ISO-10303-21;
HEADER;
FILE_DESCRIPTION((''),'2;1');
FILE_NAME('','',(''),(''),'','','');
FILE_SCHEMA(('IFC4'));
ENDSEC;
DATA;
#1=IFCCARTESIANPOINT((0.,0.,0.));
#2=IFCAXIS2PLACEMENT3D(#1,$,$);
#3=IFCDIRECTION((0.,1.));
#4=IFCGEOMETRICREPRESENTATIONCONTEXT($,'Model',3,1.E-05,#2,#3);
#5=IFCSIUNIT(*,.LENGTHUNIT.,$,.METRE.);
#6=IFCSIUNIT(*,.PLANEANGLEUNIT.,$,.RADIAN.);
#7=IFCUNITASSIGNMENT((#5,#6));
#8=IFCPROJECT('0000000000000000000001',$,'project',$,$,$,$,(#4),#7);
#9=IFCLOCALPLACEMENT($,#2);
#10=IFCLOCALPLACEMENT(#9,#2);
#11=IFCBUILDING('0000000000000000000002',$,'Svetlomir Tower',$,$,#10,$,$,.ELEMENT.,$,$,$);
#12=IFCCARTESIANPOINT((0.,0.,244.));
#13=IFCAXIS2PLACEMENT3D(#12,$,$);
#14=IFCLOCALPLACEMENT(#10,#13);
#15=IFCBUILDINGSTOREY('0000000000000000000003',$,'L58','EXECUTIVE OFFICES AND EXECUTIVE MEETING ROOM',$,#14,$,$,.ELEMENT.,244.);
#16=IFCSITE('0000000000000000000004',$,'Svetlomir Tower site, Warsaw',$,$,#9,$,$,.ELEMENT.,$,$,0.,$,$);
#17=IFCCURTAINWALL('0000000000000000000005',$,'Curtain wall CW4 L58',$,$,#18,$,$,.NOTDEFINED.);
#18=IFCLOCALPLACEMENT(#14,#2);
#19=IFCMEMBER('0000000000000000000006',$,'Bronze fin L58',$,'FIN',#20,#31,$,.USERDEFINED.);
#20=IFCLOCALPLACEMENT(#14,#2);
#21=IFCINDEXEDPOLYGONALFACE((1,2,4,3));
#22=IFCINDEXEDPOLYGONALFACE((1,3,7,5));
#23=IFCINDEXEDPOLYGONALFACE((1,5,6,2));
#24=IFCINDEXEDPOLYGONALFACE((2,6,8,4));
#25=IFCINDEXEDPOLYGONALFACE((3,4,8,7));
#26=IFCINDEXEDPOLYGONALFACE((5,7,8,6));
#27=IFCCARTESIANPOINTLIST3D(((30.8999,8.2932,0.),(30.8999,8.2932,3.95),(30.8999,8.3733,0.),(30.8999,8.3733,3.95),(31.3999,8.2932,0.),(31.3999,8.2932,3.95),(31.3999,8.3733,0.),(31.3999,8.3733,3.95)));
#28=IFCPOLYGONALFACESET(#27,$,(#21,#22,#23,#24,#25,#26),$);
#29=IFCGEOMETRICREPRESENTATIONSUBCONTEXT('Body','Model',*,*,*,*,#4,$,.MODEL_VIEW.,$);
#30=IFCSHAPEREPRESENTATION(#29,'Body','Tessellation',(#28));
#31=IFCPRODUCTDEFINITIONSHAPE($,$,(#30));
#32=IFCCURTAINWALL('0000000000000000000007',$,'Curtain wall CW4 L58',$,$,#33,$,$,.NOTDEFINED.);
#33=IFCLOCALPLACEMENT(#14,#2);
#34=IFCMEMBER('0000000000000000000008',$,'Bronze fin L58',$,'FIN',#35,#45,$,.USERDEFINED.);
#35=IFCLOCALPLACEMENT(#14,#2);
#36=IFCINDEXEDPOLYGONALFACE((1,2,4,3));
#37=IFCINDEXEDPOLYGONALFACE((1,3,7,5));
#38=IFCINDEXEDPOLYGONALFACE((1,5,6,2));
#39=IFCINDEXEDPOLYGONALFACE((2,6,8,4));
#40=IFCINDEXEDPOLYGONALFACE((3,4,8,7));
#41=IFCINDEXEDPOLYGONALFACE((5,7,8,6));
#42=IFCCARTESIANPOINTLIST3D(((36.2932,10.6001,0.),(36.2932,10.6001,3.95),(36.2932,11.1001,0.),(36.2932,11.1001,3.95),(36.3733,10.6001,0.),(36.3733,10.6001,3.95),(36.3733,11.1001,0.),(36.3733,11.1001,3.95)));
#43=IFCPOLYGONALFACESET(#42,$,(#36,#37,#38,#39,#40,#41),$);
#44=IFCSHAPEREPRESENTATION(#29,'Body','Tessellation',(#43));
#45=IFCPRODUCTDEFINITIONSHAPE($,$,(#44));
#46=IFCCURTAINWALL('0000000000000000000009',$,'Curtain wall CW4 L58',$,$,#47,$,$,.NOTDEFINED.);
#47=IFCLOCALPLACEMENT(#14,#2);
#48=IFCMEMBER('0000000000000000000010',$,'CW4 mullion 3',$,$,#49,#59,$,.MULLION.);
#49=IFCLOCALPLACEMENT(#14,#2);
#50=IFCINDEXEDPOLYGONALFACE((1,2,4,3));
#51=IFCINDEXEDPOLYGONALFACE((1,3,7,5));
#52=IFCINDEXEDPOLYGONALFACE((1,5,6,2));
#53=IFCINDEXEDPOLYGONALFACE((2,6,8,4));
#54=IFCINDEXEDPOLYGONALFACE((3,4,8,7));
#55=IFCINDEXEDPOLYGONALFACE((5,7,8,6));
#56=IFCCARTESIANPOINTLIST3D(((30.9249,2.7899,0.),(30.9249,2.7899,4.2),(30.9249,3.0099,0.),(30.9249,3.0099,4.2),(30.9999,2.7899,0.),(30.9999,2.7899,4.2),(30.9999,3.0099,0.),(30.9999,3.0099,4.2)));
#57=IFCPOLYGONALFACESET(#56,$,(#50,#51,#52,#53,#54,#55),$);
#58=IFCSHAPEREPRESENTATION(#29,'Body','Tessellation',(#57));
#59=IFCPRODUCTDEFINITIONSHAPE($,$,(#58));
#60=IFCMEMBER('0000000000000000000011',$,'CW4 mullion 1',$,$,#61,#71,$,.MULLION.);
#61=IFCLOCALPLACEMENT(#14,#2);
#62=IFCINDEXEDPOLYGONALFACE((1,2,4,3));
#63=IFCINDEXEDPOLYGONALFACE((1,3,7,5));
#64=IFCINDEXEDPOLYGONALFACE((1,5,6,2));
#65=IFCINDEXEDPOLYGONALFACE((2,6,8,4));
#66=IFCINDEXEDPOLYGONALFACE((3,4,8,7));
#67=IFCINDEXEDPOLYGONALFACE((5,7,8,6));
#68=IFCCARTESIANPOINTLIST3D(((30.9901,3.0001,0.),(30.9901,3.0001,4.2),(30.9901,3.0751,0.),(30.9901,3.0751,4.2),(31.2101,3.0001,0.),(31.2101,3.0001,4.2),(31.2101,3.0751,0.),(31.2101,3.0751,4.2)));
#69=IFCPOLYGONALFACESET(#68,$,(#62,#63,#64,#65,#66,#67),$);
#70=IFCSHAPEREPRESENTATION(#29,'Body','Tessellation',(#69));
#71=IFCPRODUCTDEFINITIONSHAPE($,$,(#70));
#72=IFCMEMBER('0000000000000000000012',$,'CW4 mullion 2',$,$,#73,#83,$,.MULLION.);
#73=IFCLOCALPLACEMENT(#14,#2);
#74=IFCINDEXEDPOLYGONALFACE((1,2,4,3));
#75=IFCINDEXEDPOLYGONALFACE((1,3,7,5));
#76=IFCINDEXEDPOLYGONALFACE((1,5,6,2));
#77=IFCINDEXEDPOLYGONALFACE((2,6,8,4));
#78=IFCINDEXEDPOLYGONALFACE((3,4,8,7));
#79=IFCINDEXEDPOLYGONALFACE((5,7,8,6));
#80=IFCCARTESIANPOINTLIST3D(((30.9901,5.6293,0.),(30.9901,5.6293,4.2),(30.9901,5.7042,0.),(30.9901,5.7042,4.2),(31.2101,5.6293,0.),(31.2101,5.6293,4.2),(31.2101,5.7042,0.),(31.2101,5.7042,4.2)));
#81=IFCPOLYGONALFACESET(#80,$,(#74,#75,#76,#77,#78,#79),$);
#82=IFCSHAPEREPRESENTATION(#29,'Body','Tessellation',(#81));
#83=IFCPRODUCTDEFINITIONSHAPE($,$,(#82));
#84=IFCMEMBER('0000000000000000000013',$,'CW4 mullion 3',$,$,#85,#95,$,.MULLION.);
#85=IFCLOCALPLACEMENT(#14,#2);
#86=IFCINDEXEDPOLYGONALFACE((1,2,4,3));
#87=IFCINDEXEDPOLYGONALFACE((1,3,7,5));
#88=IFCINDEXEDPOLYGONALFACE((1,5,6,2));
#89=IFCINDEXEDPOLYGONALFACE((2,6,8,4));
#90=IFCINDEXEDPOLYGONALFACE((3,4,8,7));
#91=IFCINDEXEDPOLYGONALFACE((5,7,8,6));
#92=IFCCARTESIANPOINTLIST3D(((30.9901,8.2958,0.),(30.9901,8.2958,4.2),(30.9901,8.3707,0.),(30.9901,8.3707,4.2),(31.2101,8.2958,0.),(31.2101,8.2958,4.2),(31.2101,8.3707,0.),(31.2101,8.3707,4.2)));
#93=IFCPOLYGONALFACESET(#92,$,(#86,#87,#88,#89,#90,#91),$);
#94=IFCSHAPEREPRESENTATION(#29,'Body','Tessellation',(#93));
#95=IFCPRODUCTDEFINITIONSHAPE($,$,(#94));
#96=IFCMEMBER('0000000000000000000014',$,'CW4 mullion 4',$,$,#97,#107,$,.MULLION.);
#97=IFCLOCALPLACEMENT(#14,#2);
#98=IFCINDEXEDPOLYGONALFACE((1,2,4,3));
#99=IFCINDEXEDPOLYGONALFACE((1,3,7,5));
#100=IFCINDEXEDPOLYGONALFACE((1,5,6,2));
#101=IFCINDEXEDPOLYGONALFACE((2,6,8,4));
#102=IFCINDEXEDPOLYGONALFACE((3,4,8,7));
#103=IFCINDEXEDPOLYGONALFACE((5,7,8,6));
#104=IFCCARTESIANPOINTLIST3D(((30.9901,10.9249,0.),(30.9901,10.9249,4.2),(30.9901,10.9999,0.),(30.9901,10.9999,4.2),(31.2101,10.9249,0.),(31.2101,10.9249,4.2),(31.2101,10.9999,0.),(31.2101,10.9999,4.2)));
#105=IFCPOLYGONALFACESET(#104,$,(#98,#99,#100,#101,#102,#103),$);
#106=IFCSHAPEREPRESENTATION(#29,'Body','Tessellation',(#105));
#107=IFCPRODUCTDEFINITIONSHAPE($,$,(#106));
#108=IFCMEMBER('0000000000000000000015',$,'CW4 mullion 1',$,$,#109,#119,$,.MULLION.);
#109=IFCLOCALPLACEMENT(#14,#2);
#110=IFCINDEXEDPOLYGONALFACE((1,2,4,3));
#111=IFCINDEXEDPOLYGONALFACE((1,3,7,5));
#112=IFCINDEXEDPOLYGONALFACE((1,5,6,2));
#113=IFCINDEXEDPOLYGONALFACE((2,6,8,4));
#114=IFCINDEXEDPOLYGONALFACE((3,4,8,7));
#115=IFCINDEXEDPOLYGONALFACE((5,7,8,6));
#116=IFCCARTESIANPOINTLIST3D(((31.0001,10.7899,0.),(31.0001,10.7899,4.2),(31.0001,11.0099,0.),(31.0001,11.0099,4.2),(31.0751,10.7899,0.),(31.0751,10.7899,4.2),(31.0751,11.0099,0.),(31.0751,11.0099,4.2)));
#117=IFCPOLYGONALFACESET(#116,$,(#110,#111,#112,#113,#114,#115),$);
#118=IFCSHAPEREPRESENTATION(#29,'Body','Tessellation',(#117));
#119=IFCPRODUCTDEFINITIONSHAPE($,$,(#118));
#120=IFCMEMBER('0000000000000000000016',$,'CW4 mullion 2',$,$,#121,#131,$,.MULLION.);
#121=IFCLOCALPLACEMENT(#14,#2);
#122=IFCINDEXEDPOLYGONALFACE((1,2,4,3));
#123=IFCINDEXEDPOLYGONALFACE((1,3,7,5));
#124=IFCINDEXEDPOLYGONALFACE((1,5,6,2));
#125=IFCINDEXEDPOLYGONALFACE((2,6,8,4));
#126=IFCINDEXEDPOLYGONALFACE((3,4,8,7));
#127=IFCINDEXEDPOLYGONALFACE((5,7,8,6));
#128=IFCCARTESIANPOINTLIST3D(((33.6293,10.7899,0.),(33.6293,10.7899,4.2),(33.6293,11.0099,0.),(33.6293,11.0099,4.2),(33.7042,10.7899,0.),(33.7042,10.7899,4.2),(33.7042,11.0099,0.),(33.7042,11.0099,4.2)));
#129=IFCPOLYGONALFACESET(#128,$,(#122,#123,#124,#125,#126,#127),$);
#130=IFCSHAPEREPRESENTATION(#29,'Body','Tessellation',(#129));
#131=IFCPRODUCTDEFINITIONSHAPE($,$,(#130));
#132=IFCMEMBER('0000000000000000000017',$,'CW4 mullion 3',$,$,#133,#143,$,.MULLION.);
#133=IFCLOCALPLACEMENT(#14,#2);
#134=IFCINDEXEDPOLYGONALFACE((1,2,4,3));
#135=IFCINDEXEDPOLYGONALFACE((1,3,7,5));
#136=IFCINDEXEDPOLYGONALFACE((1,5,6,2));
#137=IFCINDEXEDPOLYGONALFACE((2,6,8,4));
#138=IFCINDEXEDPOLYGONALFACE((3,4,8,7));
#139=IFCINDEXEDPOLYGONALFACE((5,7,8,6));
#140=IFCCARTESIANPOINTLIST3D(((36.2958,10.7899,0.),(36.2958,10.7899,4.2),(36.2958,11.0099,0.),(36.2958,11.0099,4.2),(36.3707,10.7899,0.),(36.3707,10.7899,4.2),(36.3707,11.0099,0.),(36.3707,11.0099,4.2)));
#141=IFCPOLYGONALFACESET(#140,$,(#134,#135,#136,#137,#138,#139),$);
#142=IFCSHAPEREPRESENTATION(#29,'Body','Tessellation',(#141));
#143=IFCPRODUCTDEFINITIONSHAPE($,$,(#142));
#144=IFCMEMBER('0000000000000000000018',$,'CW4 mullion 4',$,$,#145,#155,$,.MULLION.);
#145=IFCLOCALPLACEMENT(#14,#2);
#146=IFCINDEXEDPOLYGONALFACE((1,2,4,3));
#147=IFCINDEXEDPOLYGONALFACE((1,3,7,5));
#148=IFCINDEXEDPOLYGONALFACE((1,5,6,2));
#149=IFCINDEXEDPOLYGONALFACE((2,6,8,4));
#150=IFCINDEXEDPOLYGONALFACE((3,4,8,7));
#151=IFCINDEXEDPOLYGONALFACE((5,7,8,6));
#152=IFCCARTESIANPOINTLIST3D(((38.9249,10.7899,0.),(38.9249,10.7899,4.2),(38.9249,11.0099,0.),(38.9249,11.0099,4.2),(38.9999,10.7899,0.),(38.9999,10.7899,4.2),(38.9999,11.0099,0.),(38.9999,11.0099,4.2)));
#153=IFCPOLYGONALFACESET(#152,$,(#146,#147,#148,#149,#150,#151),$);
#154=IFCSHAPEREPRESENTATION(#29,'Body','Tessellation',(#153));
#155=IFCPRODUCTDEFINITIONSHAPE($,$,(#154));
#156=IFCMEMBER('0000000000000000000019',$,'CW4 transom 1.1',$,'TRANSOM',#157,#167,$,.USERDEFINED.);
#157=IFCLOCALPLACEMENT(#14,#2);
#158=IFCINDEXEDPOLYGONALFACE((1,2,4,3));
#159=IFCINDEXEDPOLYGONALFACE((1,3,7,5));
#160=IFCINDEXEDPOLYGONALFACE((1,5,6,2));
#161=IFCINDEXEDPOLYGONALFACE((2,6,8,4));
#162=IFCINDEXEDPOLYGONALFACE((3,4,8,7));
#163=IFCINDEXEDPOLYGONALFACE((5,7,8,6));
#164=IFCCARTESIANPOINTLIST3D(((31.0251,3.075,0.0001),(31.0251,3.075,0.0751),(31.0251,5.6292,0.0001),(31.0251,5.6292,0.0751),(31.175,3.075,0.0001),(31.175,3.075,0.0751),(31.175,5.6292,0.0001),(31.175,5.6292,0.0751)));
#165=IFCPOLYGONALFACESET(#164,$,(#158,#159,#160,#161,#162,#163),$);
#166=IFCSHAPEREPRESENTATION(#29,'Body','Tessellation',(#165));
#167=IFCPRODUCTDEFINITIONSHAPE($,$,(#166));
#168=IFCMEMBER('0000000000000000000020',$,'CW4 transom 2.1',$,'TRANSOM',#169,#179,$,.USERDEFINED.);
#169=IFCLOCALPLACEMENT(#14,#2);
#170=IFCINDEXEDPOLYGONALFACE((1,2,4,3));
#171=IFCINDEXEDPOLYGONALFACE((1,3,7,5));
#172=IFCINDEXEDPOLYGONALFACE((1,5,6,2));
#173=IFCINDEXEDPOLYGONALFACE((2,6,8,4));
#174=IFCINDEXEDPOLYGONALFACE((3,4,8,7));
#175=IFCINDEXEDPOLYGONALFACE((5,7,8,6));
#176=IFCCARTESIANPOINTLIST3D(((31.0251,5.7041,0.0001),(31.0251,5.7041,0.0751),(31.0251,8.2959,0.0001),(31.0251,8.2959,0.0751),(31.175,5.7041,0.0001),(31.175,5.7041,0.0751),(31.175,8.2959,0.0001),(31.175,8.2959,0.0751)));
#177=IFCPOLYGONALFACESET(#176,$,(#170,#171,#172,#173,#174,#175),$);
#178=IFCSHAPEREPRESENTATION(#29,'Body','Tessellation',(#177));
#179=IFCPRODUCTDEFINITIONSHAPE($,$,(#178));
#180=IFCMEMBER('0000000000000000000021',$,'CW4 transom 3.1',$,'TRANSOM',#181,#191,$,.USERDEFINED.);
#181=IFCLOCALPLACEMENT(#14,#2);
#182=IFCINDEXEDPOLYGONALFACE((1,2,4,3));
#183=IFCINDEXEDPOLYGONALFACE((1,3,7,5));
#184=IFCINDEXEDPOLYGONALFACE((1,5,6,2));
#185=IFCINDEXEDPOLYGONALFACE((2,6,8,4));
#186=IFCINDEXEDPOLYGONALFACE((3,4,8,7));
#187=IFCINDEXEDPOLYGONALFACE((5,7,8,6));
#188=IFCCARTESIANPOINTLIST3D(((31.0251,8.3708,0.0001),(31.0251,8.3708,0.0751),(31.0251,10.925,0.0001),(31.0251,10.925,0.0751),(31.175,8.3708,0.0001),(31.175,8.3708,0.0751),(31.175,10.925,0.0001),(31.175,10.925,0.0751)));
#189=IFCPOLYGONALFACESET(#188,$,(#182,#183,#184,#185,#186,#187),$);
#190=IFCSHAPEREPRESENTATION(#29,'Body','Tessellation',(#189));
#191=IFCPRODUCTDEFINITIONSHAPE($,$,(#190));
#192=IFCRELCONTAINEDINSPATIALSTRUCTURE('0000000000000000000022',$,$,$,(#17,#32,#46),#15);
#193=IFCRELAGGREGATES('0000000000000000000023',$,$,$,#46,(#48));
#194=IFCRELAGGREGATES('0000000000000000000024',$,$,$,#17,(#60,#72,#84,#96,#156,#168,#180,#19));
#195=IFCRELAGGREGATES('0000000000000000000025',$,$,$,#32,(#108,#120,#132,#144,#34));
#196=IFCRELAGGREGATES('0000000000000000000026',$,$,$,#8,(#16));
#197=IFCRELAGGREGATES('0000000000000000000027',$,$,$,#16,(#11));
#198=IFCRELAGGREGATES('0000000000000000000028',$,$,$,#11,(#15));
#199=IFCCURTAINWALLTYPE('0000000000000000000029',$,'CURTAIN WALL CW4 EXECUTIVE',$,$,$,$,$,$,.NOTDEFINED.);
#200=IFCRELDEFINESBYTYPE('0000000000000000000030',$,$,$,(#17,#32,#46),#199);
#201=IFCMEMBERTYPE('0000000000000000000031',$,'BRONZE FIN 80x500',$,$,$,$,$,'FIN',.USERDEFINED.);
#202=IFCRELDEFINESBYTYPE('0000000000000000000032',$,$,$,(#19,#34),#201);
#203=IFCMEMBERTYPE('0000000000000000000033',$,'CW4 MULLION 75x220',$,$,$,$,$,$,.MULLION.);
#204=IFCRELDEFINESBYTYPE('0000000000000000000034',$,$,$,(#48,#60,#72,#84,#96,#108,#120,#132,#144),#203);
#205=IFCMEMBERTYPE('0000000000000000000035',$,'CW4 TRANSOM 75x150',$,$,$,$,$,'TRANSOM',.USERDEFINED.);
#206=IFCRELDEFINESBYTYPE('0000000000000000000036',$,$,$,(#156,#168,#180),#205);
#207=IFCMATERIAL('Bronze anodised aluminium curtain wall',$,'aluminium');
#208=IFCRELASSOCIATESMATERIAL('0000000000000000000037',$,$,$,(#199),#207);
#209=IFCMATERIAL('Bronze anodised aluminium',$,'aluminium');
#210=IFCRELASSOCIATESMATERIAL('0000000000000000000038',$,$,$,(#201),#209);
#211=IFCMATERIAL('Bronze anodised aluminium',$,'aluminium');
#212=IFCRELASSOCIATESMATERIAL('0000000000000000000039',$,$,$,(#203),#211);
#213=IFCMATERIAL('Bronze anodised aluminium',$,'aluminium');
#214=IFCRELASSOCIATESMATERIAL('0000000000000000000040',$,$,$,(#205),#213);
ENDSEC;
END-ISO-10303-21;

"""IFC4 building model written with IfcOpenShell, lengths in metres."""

from ifc_helpers import new_model, si_unit, direction, frame, origin, origin_2d, place, context, subcontext, project, spatial, rectangle, extrude, material, material_profile, profile_set, type_object, element, aggregate, save


model = new_model("IFC4")

# Units and contexts
model_context = context("Model", 3, precision=1e-05, world=origin(), true_north=direction((0.0, 1.0)))
body_context = subcontext(model_context, "Body", "Model", "MODEL_VIEW")
ifc_project = project(units=[si_unit("LENGTHUNIT", "METRE"), si_unit("PLANEANGLEUNIT", "RADIAN")], contexts=[model_context])

# Site, building, storey
site_placement = place(None, origin())
site = spatial("IfcSite", under=ifc_project, at=site_placement, Name="Svetlomir Tower site, Warsaw", CompositionType="ELEMENT", RefElevation=0.0)
building_placement = place(site_placement, origin())
building = spatial("IfcBuilding", under=site, at=building_placement, Name="Svetlomir Tower", CompositionType="ELEMENT")
storey_placement = place(building_placement, frame((0.0, 0.0, 244.0)))
storey = spatial("IfcBuildingStorey", under=building, at=storey_placement, Name="L58", Description="EXECUTIVE OFFICES AND EXECUTIVE MEETING ROOM", CompositionType="ELEMENT", Elevation=244.0)

# Curtain walls, members
ifc_material_1 = material(Name="Bronze anodised aluminium curtain wall", Category="aluminium")
curtain_wall_type = type_object("IfcCurtainWallType", Name="CURTAIN WALL CW4 EXECUTIVE", PredefinedType="NOTDEFINED", material=ifc_material_1)
curtain_wall_1_placement = place(storey_placement, origin())
curtain_wall_1 = element("IfcCurtainWall", 1, at=curtain_wall_1_placement, inside=storey, type_object=curtain_wall_type, Name="Curtain wall CW4 L58", PredefinedType="NOTDEFINED")
ifc_material_2 = material(Name="Bronze anodised aluminium", Category="aluminium")
ifc_material_profile_1 = material_profile(ifc_material_2, rectangle(XDim=0.0801, YDim=0.5, at=origin_2d()), Name="FIN 80x500")
ifc_profile_set_1 = profile_set([ifc_material_profile_1], Name="Bronze anodised aluminium 6063-T6")
member_type_1 = type_object("IfcMemberType", Name="BRONZE FIN 80x500", ElementType="FIN", PredefinedType="USERDEFINED", material=ifc_profile_set_1)
member_1_placement = place(storey_placement, frame((31.1499, 8.3333, 0.0), z_axis=(0.0, 0.0, 1.0), x_axis=(0.0, 1.0, 0.0)))
member_1 = element("IfcMember", 2, at=member_1_placement, type_object=member_type_1, Name="Bronze fin L58", ObjectType="FIN", PredefinedType="USERDEFINED", context=body_context, shape_type="SweptSolid", body=[
    extrude(rectangle(XDim=0.0801, YDim=0.5, at=origin_2d()), origin(), (0.0, 0.0, 1.0), 3.95),
])
curtain_wall_2_placement = place(storey_placement, origin())
curtain_wall_2 = element("IfcCurtainWall", 3, at=curtain_wall_2_placement, inside=storey, type_object=curtain_wall_type, Name="Curtain wall CW4 L58", PredefinedType="NOTDEFINED")
member_2_placement = place(storey_placement, frame((36.3333, 10.8501, 0.0), z_axis=(0.0, 0.0, 1.0), x_axis=(1.0, 0.0, 0.0)))
member_2 = element("IfcMember", 4, at=member_2_placement, type_object=member_type_1, Name="Bronze fin L58", ObjectType="FIN", PredefinedType="USERDEFINED", context=body_context, shape_type="SweptSolid", body=[
    extrude(rectangle(XDim=0.0801, YDim=0.5, at=origin_2d()), origin(), (0.0, 0.0, 1.0), 3.95),
])
curtain_wall_3_placement = place(storey_placement, origin())
curtain_wall_3 = element("IfcCurtainWall", 5, at=curtain_wall_3_placement, inside=storey, type_object=curtain_wall_type, Name="Curtain wall CW4 L58", PredefinedType="NOTDEFINED")
ifc_material_3 = material(Name="Bronze anodised aluminium", Category="aluminium")
ifc_material_profile_2 = material_profile(ifc_material_3, rectangle(XDim=0.075, YDim=0.22, at=origin_2d()), Name="AL 75x220")
ifc_profile_set_2 = profile_set([ifc_material_profile_2], Name="Bronze anodised aluminium 6063-T6")
member_type_2 = type_object("IfcMemberType", Name="CW4 MULLION 75x220", PredefinedType="MULLION", material=ifc_profile_set_2)
member_3_placement = place(storey_placement, frame((30.9624, 2.8999, 0.0), z_axis=(0.0, 0.0, 1.0), x_axis=(1.0, 0.0, 0.0)))
member_3 = element("IfcMember", 6, at=member_3_placement, type_object=member_type_2, Name="CW4 mullion 3", PredefinedType="MULLION", context=body_context, shape_type="SweptSolid", body=[
    extrude(rectangle(XDim=0.075, YDim=0.22, at=origin_2d()), origin(), (0.0, 0.0, 1.0), 4.2),
])

# Members
member_4_placement = place(storey_placement, frame((31.1001, 3.0376, 0.0), z_axis=(0.0, 0.0, 1.0), x_axis=(0.0, 1.0, 0.0)))
member_4 = element("IfcMember", 7, at=member_4_placement, type_object=member_type_2, Name="CW4 mullion 1", PredefinedType="MULLION", context=body_context, shape_type="SweptSolid", body=[
    extrude(rectangle(XDim=0.075, YDim=0.22, at=origin_2d()), origin(), (0.0, 0.0, 1.0), 4.2),
])
member_5_placement = place(storey_placement, frame((31.1001, 5.6667, 0.0), z_axis=(0.0, 0.0, 1.0), x_axis=(0.0, 1.0, 0.0)))
member_5 = element("IfcMember", 8, at=member_5_placement, type_object=member_type_2, Name="CW4 mullion 2", PredefinedType="MULLION", context=body_context, shape_type="SweptSolid", body=[
    extrude(rectangle(XDim=0.075, YDim=0.22, at=origin_2d()), origin(), (0.0, 0.0, 1.0), 4.2),
])
member_6_placement = place(storey_placement, frame((31.1001, 8.3333, 0.0), z_axis=(0.0, 0.0, 1.0), x_axis=(0.0, 1.0, 0.0)))
member_6 = element("IfcMember", 9, at=member_6_placement, type_object=member_type_2, Name="CW4 mullion 3", PredefinedType="MULLION", context=body_context, shape_type="SweptSolid", body=[
    extrude(rectangle(XDim=0.075, YDim=0.22, at=origin_2d()), origin(), (0.0, 0.0, 1.0), 4.2),
])
member_7_placement = place(storey_placement, frame((31.1001, 10.9624, 0.0), z_axis=(0.0, 0.0, 1.0), x_axis=(0.0, 1.0, 0.0)))
member_7 = element("IfcMember", 10, at=member_7_placement, type_object=member_type_2, Name="CW4 mullion 4", PredefinedType="MULLION", context=body_context, shape_type="SweptSolid", body=[
    extrude(rectangle(XDim=0.075, YDim=0.22, at=origin_2d()), origin(), (0.0, 0.0, 1.0), 4.2),
])
member_8_placement = place(storey_placement, frame((31.0376, 10.8999, 0.0), z_axis=(0.0, 0.0, 1.0), x_axis=(1.0, 0.0, 0.0)))
member_8 = element("IfcMember", 11, at=member_8_placement, type_object=member_type_2, Name="CW4 mullion 1", PredefinedType="MULLION", context=body_context, shape_type="SweptSolid", body=[
    extrude(rectangle(XDim=0.075, YDim=0.22, at=origin_2d()), origin(), (0.0, 0.0, 1.0), 4.2),
])
member_9_placement = place(storey_placement, frame((33.6667, 10.8999, 0.0), z_axis=(0.0, 0.0, 1.0), x_axis=(1.0, 0.0, 0.0)))
member_9 = element("IfcMember", 12, at=member_9_placement, type_object=member_type_2, Name="CW4 mullion 2", PredefinedType="MULLION", context=body_context, shape_type="SweptSolid", body=[
    extrude(rectangle(XDim=0.075, YDim=0.22, at=origin_2d()), origin(), (0.0, 0.0, 1.0), 4.2),
])
member_10_placement = place(storey_placement, frame((36.3333, 10.8999, 0.0), z_axis=(0.0, 0.0, 1.0), x_axis=(1.0, 0.0, 0.0)))
member_10 = element("IfcMember", 13, at=member_10_placement, type_object=member_type_2, Name="CW4 mullion 3", PredefinedType="MULLION", context=body_context, shape_type="SweptSolid", body=[
    extrude(rectangle(XDim=0.075, YDim=0.22, at=origin_2d()), origin(), (0.0, 0.0, 1.0), 4.2),
])
member_11_placement = place(storey_placement, frame((38.9624, 10.8999, 0.0), z_axis=(0.0, 0.0, 1.0), x_axis=(1.0, 0.0, 0.0)))
member_11 = element("IfcMember", 14, at=member_11_placement, type_object=member_type_2, Name="CW4 mullion 4", PredefinedType="MULLION", context=body_context, shape_type="SweptSolid", body=[
    extrude(rectangle(XDim=0.075, YDim=0.22, at=origin_2d()), origin(), (0.0, 0.0, 1.0), 4.2),
])
ifc_material_4 = material(Name="Bronze anodised aluminium", Category="aluminium")
ifc_material_profile_3 = material_profile(ifc_material_4, rectangle(XDim=0.1499, YDim=0.075, at=origin_2d()), Name="AL 150x75")
ifc_profile_set_3 = profile_set([ifc_material_profile_3], Name="Bronze anodised aluminium 6063-T6")
member_type_3 = type_object("IfcMemberType", Name="CW4 TRANSOM 75x150", ElementType="TRANSOM", PredefinedType="USERDEFINED", material=ifc_profile_set_3)
member_12_placement = place(storey_placement, frame((31.1001, 3.075, 0.0376), z_axis=(0.0, 1.0, 0.0), x_axis=(-1.0, 0.0, 0.0)))
member_12 = element("IfcMember", 15, at=member_12_placement, type_object=member_type_3, Name="CW4 transom 1.1", ObjectType="TRANSOM", PredefinedType="USERDEFINED", context=body_context, shape_type="SweptSolid", body=[
    extrude(rectangle(XDim=0.1499, YDim=0.075, at=origin_2d()), origin(), (0.0, 0.0, 1.0), 2.5542),
])
member_13_placement = place(storey_placement, frame((31.1001, 5.7041, 0.0376), z_axis=(0.0, 1.0, 0.0), x_axis=(-1.0, 0.0, 0.0)))
member_13 = element("IfcMember", 16, at=member_13_placement, type_object=member_type_3, Name="CW4 transom 2.1", ObjectType="TRANSOM", PredefinedType="USERDEFINED", context=body_context, shape_type="SweptSolid", body=[
    extrude(rectangle(XDim=0.1499, YDim=0.075, at=origin_2d()), origin(), (0.0, 0.0, 1.0), 2.5918),
])
member_14_placement = place(storey_placement, frame((31.1001, 8.3708, 0.0376), z_axis=(0.0, 1.0, 0.0), x_axis=(-1.0, 0.0, 0.0)))
member_14 = element("IfcMember", 17, at=member_14_placement, type_object=member_type_3, Name="CW4 transom 3.1", ObjectType="TRANSOM", PredefinedType="USERDEFINED", context=body_context, shape_type="SweptSolid", body=[
    extrude(rectangle(XDim=0.1499, YDim=0.075, at=origin_2d()), origin(), (0.0, 0.0, 1.0), 2.5542),
])

aggregate(curtain_wall_3, [member_3])
aggregate(curtain_wall_1, [member_4, member_5, member_6, member_7, member_12, member_13, member_14, member_1])
aggregate(curtain_wall_2, [member_8, member_9, member_10, member_11, member_2])

save(model, "model.ifc")
